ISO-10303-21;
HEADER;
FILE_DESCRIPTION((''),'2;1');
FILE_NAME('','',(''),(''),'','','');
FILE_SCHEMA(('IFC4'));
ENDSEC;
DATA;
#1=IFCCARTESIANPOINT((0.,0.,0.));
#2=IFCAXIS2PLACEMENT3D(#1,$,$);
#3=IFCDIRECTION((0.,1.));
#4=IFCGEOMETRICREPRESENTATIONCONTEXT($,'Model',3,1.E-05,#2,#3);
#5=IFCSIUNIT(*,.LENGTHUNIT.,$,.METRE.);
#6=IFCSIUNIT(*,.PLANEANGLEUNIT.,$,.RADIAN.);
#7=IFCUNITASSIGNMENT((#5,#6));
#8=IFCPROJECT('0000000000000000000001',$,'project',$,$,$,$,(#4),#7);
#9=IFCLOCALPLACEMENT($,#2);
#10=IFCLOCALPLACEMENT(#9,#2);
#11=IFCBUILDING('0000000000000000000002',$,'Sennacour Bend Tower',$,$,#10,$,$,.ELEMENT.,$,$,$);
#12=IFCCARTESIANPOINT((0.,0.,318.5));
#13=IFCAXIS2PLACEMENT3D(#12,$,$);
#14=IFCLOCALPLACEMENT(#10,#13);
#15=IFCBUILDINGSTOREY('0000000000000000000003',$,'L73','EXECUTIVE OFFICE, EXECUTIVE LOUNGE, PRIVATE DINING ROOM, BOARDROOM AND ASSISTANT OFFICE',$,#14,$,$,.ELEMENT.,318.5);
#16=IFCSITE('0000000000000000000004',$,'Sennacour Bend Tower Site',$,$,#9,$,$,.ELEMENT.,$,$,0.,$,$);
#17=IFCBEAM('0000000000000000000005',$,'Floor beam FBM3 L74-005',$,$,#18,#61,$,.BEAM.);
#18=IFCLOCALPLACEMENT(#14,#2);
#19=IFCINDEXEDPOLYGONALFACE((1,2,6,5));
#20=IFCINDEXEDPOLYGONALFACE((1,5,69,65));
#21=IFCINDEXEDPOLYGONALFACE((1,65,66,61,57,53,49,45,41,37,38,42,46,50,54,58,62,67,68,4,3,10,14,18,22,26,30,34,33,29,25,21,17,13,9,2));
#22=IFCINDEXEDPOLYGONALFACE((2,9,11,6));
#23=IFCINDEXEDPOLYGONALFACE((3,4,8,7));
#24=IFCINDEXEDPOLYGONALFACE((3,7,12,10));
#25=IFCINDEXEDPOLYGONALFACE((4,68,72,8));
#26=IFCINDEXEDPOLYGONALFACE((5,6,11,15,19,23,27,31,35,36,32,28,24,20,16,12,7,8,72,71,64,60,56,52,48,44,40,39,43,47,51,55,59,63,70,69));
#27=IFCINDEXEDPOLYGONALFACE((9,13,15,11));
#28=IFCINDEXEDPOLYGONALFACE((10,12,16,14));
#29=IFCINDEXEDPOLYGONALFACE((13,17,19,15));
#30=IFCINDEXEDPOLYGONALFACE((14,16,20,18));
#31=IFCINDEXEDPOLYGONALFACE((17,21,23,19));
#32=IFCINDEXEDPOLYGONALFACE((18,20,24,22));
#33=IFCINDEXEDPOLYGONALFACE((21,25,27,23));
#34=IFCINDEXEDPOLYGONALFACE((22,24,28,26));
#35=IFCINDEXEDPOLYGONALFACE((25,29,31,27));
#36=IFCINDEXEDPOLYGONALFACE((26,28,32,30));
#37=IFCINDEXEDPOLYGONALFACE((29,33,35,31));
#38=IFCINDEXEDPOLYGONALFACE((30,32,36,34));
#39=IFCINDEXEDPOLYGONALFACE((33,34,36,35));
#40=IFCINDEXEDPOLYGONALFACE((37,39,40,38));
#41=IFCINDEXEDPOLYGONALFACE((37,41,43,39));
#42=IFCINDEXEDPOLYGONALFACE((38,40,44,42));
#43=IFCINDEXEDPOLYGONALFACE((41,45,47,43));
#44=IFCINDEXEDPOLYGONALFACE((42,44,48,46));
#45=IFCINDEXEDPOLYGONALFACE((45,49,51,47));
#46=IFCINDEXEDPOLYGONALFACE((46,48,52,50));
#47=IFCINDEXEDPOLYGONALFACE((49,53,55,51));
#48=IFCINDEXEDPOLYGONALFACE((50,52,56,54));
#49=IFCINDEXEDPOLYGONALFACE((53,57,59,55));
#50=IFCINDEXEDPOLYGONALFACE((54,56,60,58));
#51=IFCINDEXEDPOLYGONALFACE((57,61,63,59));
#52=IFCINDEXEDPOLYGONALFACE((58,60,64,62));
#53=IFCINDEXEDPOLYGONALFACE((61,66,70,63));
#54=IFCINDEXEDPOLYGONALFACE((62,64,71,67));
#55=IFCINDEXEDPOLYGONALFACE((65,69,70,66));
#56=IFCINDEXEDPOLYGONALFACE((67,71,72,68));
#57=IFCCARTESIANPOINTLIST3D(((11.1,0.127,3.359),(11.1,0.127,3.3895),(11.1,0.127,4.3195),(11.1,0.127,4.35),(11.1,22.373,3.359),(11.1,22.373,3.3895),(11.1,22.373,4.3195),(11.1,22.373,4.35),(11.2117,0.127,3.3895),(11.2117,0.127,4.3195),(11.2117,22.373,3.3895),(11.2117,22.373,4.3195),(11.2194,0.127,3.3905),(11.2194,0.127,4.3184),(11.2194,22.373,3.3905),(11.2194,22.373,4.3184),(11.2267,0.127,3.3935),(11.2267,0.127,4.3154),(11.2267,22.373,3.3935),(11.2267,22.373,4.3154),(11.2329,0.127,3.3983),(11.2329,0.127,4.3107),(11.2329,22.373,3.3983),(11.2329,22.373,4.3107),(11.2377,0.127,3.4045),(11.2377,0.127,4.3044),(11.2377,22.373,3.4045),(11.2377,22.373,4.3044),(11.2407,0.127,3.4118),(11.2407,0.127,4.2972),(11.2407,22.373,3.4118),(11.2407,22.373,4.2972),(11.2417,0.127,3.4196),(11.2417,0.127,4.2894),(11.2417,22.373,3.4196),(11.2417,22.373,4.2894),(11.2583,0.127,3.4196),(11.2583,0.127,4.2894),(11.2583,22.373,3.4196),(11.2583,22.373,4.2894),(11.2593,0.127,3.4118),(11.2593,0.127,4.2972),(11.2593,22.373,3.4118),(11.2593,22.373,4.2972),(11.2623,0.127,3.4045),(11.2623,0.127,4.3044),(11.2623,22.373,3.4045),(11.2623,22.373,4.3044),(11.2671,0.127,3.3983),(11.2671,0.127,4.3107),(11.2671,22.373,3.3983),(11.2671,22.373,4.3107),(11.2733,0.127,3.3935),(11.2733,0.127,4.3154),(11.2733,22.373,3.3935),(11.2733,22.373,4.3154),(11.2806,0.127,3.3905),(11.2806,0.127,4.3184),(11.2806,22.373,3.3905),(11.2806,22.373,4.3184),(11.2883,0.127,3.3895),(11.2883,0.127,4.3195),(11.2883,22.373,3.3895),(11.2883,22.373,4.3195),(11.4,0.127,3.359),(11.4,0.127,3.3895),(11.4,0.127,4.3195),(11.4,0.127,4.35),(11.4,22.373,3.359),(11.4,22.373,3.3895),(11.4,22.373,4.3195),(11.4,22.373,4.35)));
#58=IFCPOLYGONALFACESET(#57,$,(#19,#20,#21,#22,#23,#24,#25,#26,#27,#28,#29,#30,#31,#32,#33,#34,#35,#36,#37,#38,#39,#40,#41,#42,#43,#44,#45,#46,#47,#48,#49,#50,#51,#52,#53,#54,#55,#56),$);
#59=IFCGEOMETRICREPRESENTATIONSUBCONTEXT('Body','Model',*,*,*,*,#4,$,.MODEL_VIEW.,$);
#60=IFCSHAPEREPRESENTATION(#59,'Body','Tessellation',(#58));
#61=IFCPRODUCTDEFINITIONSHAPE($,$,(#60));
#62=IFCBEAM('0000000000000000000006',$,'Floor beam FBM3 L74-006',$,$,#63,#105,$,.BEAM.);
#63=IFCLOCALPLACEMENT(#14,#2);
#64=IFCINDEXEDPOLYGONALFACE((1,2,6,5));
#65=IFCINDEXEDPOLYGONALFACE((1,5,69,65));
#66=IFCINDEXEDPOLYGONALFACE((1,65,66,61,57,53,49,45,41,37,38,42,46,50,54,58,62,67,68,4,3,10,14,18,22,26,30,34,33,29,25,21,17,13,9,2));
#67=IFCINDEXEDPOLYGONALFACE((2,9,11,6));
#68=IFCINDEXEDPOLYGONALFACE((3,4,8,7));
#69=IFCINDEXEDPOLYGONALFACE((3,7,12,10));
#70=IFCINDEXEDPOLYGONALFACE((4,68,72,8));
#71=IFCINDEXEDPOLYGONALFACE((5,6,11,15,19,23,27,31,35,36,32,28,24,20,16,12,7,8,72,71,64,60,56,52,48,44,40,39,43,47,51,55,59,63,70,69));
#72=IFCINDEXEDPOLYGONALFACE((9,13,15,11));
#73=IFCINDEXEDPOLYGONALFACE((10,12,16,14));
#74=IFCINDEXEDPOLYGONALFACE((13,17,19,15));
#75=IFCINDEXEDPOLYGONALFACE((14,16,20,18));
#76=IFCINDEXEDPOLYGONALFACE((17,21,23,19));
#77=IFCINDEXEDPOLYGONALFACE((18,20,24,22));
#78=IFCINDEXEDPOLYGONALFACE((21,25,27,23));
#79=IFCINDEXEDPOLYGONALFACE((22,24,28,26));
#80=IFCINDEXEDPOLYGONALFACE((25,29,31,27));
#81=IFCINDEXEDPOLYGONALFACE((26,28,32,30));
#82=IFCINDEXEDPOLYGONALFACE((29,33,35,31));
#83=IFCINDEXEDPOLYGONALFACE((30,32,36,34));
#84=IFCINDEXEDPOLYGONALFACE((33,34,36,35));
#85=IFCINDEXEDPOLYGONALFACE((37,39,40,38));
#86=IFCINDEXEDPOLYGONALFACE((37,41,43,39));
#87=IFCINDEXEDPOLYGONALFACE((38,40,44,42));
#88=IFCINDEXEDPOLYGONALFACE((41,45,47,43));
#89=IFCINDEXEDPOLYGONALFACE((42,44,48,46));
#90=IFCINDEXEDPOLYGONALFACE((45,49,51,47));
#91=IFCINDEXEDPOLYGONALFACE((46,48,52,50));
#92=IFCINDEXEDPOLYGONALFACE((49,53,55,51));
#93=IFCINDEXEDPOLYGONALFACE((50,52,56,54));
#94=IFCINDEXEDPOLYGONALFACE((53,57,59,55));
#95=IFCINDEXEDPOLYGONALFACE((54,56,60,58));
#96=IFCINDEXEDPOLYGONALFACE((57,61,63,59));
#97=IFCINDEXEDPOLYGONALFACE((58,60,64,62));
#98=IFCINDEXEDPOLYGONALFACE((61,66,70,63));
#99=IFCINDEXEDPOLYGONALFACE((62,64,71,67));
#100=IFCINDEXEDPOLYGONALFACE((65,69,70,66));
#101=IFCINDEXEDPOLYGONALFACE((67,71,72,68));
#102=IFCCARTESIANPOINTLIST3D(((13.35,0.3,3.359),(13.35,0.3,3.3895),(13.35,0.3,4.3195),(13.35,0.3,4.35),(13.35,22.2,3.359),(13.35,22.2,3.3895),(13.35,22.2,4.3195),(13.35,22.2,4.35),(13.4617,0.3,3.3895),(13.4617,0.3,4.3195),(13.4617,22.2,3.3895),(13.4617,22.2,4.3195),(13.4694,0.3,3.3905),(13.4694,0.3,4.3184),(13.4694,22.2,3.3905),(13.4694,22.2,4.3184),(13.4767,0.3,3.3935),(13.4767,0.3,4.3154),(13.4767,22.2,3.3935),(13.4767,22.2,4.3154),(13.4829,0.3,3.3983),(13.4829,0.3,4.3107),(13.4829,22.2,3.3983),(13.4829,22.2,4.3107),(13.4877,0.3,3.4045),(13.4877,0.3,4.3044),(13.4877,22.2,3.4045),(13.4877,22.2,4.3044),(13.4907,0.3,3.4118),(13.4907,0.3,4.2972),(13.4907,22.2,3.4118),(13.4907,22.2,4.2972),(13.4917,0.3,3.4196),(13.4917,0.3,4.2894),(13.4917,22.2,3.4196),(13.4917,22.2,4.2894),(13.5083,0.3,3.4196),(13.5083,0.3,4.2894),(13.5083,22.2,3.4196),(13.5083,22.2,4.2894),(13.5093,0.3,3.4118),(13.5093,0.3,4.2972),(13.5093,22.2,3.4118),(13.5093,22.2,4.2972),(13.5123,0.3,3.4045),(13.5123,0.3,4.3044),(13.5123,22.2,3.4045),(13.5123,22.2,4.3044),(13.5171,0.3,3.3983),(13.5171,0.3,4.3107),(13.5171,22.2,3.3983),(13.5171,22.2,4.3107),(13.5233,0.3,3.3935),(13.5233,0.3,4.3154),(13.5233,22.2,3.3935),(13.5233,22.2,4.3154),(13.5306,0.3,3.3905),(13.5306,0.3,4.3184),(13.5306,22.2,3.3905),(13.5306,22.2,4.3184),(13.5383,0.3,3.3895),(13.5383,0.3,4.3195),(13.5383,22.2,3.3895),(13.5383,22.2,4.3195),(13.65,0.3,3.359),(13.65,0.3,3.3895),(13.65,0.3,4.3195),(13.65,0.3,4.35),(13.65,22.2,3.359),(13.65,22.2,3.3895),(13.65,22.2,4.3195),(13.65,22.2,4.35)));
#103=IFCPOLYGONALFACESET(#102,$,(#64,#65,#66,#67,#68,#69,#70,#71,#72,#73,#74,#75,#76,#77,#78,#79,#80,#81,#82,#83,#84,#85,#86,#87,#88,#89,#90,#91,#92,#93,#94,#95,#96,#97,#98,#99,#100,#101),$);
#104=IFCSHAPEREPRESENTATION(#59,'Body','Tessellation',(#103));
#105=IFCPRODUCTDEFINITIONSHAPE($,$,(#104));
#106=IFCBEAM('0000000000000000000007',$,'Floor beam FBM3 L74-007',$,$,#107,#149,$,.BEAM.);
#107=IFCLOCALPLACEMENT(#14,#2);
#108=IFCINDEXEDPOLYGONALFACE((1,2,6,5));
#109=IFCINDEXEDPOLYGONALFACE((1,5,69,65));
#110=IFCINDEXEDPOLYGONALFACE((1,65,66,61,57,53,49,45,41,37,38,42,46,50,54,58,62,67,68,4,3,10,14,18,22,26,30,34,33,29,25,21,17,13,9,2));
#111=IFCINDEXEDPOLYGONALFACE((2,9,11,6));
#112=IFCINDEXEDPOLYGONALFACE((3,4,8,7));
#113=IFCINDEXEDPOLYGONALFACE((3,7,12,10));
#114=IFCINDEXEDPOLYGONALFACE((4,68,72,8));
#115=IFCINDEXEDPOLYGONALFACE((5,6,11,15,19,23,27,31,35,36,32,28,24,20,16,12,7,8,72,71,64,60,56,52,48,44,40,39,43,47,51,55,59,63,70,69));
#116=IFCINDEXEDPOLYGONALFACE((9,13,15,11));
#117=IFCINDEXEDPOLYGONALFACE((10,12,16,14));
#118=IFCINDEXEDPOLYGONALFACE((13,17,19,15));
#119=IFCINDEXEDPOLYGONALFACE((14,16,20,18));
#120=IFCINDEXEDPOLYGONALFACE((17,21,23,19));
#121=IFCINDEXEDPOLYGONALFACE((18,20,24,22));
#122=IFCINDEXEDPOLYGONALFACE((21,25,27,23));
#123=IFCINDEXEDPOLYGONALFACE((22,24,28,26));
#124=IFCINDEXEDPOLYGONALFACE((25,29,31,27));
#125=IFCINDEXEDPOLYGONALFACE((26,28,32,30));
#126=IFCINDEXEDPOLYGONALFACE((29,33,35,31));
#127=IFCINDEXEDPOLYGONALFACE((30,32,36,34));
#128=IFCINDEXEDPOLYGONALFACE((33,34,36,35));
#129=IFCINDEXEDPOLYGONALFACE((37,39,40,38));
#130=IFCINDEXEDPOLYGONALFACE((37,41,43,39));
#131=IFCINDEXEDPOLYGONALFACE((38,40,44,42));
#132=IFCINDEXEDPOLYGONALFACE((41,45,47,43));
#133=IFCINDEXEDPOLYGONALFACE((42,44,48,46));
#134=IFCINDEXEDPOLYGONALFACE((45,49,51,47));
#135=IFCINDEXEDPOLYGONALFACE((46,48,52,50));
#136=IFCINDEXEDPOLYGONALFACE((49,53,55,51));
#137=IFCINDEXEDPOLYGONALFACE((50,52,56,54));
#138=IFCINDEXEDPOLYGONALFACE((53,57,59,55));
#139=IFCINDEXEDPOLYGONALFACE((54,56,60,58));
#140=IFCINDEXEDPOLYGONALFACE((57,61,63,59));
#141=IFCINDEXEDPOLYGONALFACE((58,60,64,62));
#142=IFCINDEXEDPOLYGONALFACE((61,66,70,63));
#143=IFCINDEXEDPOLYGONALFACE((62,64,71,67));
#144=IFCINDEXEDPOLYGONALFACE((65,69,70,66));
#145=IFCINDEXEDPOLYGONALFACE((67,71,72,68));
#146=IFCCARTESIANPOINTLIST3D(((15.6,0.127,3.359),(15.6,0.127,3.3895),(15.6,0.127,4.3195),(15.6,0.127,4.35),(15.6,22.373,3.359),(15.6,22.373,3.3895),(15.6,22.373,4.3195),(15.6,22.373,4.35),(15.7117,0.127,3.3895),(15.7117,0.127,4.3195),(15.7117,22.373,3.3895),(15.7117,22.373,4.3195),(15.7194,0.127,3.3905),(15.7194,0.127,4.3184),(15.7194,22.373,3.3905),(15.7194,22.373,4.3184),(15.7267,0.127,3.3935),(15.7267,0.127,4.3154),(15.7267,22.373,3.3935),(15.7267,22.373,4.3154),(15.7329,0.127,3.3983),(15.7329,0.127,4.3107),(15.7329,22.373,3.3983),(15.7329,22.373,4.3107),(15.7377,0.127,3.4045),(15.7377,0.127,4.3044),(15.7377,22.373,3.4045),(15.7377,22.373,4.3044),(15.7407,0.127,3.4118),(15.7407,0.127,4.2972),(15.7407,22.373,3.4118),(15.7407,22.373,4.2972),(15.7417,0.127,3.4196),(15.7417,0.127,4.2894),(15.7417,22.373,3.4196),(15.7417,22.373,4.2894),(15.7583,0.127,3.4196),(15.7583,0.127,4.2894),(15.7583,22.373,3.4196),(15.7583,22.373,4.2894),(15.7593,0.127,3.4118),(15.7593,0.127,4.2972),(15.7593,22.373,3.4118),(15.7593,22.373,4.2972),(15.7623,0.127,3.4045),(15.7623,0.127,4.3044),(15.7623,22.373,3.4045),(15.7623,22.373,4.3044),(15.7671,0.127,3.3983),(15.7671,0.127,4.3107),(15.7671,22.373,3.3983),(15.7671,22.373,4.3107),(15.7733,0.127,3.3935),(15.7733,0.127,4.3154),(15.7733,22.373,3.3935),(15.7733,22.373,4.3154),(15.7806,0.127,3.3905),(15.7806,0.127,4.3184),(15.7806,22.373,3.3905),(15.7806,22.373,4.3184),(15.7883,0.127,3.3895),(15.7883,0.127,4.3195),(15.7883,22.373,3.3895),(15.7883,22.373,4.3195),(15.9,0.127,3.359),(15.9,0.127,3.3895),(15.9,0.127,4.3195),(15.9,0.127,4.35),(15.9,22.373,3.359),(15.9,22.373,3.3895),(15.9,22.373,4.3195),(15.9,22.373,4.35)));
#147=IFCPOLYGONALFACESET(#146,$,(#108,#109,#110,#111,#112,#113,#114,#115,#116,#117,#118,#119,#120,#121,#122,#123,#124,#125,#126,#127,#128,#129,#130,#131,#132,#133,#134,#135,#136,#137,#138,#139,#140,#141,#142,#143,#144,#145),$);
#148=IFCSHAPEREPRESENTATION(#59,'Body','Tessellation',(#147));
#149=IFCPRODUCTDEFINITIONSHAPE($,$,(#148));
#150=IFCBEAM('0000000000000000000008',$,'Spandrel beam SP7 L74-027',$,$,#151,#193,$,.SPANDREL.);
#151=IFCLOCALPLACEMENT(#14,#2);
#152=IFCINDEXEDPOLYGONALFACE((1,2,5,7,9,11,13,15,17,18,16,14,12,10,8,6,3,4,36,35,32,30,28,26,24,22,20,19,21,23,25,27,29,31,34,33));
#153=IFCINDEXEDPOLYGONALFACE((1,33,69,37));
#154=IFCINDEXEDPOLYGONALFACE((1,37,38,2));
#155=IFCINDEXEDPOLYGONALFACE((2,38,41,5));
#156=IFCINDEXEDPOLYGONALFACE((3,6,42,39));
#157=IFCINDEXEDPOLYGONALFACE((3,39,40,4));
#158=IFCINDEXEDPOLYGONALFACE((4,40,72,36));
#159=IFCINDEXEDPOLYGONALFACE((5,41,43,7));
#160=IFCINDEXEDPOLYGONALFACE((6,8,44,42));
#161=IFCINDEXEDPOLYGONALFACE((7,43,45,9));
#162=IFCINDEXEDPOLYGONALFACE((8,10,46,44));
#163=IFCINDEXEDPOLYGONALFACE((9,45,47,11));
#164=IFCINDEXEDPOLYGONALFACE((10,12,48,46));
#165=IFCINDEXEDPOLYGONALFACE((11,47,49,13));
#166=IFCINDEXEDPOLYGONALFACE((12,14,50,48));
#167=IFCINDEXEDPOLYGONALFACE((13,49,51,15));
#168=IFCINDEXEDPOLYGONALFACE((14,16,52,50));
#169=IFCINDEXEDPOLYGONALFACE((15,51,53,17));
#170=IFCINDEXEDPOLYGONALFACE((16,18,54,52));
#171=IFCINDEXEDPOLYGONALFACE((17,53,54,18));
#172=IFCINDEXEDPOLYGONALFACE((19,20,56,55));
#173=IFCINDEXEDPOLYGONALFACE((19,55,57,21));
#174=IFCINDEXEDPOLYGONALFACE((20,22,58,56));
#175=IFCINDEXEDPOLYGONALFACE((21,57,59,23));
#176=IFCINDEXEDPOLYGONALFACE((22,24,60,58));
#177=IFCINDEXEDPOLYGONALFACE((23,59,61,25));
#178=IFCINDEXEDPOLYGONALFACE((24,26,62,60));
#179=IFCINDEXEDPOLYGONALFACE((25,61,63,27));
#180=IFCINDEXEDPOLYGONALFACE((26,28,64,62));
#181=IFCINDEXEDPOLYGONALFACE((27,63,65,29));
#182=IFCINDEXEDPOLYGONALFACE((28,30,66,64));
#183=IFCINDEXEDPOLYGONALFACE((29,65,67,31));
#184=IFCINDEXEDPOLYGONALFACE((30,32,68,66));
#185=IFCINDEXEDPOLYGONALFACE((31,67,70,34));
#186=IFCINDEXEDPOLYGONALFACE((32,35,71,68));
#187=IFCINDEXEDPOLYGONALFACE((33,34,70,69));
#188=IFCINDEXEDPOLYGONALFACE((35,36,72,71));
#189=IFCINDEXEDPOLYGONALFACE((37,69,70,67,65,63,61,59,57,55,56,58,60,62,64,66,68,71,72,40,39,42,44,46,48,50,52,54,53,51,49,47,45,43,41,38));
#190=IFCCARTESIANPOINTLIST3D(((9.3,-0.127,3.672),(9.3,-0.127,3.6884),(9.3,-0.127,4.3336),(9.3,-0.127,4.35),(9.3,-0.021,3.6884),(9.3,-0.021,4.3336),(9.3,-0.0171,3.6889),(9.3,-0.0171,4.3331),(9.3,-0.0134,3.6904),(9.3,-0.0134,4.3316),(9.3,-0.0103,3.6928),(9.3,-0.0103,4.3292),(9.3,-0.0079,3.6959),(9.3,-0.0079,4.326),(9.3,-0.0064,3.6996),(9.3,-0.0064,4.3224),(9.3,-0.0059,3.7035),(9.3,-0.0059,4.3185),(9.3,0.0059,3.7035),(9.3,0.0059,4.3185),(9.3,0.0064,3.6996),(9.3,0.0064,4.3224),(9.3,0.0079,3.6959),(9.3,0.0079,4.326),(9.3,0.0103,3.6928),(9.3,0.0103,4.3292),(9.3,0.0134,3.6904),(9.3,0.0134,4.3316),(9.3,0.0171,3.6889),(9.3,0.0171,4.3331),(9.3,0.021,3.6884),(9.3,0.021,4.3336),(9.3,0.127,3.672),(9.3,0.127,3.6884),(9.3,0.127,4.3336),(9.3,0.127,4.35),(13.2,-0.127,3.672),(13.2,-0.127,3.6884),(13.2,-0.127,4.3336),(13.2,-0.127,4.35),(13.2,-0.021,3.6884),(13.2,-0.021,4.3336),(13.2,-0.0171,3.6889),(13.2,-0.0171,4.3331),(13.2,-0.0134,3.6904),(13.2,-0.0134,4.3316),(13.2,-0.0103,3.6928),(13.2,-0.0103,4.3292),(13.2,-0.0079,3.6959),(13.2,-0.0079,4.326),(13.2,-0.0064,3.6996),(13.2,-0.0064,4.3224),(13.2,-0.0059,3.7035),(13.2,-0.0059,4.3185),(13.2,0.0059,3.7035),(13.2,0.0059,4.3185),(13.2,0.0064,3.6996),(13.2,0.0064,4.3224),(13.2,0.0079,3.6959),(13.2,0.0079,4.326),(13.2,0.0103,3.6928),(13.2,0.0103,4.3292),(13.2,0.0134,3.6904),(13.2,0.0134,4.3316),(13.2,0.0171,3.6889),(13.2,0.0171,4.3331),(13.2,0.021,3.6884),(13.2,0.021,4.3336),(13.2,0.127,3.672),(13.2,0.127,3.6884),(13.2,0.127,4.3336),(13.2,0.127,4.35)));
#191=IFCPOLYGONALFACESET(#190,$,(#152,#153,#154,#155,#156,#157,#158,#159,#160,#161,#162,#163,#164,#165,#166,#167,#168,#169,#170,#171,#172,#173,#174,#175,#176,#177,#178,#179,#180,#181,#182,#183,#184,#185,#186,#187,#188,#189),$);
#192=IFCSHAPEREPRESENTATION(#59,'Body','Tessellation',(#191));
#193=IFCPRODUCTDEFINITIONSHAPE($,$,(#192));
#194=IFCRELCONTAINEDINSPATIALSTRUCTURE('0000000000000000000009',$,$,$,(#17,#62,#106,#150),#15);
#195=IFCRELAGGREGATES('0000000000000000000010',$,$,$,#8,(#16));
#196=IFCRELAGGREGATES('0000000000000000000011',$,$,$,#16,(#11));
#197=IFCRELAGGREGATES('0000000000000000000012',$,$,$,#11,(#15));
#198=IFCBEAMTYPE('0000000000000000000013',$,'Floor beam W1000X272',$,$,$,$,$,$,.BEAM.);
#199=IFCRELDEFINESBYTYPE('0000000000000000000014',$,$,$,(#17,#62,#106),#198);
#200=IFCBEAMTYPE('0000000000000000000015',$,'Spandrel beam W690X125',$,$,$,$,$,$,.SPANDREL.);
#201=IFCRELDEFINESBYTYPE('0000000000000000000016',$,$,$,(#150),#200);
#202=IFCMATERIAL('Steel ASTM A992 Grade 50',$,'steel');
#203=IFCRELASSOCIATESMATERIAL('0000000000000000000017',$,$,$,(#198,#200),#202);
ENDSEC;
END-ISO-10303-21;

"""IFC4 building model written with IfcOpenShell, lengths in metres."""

from ifc_helpers import new_model, si_unit, direction, frame, origin, origin_2d, place, context, subcontext, project, spatial, i_section, extrude, material, material_profile, profile_set, type_object, element, save


model = new_model("IFC4")

# Units and contexts
model_context = context("Model", 3, precision=1e-05, world=origin(), true_north=direction((0.0, 1.0)))
body_context = subcontext(model_context, "Body", "Model", "MODEL_VIEW")
ifc_project = project(units=[si_unit("LENGTHUNIT", "METRE"), si_unit("PLANEANGLEUNIT", "RADIAN")], contexts=[model_context])

# Site, building, storey
site_placement = place(None, origin())
site = spatial("IfcSite", under=ifc_project, at=site_placement, Name="Sennacour Bend Tower Site", CompositionType="ELEMENT", RefElevation=0.0)
building_placement = place(site_placement, origin())
building = spatial("IfcBuilding", under=site, at=building_placement, Name="Sennacour Bend Tower", CompositionType="ELEMENT")
storey_placement = place(building_placement, frame((0.0, 0.0, 318.5)))
storey = spatial("IfcBuildingStorey", under=building, at=storey_placement, Name="L73", Description="EXECUTIVE OFFICE, EXECUTIVE LOUNGE, PRIVATE DINING ROOM, BOARDROOM AND ASSISTANT OFFICE", CompositionType="ELEMENT", Elevation=318.5)

# Beams
ifc_material_1 = material(Name="Steel ASTM A992 Grade 50", Category="steel")
ifc_material_profile_1 = material_profile(ifc_material_1, i_section(OverallWidth=0.3, OverallDepth=0.991, WebThickness=0.0166, FlangeThickness=0.0305, FilletRadius=0.03, at=origin_2d()), Name="Steel ASTM A992 Grade 50", Category="steel")
ifc_profile_set_1 = profile_set([ifc_material_profile_1], Name="Steel ASTM A992 Grade 50")
beam_type_1 = type_object("IfcBeamType", Name="Floor beam W1000X272", PredefinedType="BEAM", material=ifc_profile_set_1)
beam_1_placement = place(storey_placement, frame((11.25, 0.127, 3.8545), z_axis=(0.0, 1.0, 0.0), x_axis=(-1.0, 0.0, 0.0)))
element("IfcBeam", 1, at=beam_1_placement, inside=storey, type_object=beam_type_1, Name="Floor beam FBM3 L74-005", PredefinedType="BEAM", context=body_context, shape_type="SweptSolid", body=[
    extrude(i_section(OverallWidth=0.3, OverallDepth=0.991, WebThickness=0.0166, FlangeThickness=0.0305, FilletRadius=0.03, at=origin_2d()), origin(), (0.0, 0.0, 1.0), 22.2461),
])
beam_2_placement = place(storey_placement, frame((13.5, 0.3, 3.8545), z_axis=(0.0, 1.0, 0.0), x_axis=(-1.0, 0.0, 0.0)))
element("IfcBeam", 2, at=beam_2_placement, inside=storey, type_object=beam_type_1, Name="Floor beam FBM3 L74-006", PredefinedType="BEAM", context=body_context, shape_type="SweptSolid", body=[
    extrude(i_section(OverallWidth=0.3, OverallDepth=0.991, WebThickness=0.0166, FlangeThickness=0.0305, FilletRadius=0.03, at=origin_2d()), origin(), (0.0, 0.0, 1.0), 21.8999),
])
beam_3_placement = place(storey_placement, frame((15.75, 0.127, 3.8545), z_axis=(0.0, 1.0, 0.0), x_axis=(-1.0, 0.0, 0.0)))
element("IfcBeam", 3, at=beam_3_placement, inside=storey, type_object=beam_type_1, Name="Floor beam FBM3 L74-007", PredefinedType="BEAM", context=body_context, shape_type="SweptSolid", body=[
    extrude(i_section(OverallWidth=0.3, OverallDepth=0.991, WebThickness=0.0166, FlangeThickness=0.0305, FilletRadius=0.03, at=origin_2d()), origin(), (0.0, 0.0, 1.0), 22.2461),
])
ifc_material_profile_2 = material_profile(ifc_material_1, i_section(OverallWidth=0.2539, OverallDepth=0.678, WebThickness=0.0117, FlangeThickness=0.0164, FilletRadius=0.0151, at=origin_2d()), Name="Steel ASTM A992 Grade 50", Category="steel")
ifc_profile_set_2 = profile_set([ifc_material_profile_2], Name="Steel ASTM A992 Grade 50")
beam_type_2 = type_object("IfcBeamType", Name="Spandrel beam W690X125", PredefinedType="SPANDREL", material=ifc_profile_set_2)
for number, where, z_axis, x_axis, name in (
    (4, (13.2, 0.0, 4.011), (-1.0, 0.0, 0.0), (0.0, -1.0, 0.0), "Spandrel beam SP7 L74-027"),
):
    element("IfcBeam", number, at=place(storey_placement, frame(where, z_axis=z_axis, x_axis=x_axis)), inside=storey, type_object=beam_type_2, Name=name, PredefinedType="SPANDREL", context=body_context, shape_type="SweptSolid", body=[
        extrude(i_section(OverallWidth=0.2539, OverallDepth=0.678, WebThickness=0.0117, FlangeThickness=0.0164, FilletRadius=0.0151, at=origin_2d()), origin(), (0.0, 0.0, 1.0), 3.8999),
    ])

save(model, "model.ifc")
